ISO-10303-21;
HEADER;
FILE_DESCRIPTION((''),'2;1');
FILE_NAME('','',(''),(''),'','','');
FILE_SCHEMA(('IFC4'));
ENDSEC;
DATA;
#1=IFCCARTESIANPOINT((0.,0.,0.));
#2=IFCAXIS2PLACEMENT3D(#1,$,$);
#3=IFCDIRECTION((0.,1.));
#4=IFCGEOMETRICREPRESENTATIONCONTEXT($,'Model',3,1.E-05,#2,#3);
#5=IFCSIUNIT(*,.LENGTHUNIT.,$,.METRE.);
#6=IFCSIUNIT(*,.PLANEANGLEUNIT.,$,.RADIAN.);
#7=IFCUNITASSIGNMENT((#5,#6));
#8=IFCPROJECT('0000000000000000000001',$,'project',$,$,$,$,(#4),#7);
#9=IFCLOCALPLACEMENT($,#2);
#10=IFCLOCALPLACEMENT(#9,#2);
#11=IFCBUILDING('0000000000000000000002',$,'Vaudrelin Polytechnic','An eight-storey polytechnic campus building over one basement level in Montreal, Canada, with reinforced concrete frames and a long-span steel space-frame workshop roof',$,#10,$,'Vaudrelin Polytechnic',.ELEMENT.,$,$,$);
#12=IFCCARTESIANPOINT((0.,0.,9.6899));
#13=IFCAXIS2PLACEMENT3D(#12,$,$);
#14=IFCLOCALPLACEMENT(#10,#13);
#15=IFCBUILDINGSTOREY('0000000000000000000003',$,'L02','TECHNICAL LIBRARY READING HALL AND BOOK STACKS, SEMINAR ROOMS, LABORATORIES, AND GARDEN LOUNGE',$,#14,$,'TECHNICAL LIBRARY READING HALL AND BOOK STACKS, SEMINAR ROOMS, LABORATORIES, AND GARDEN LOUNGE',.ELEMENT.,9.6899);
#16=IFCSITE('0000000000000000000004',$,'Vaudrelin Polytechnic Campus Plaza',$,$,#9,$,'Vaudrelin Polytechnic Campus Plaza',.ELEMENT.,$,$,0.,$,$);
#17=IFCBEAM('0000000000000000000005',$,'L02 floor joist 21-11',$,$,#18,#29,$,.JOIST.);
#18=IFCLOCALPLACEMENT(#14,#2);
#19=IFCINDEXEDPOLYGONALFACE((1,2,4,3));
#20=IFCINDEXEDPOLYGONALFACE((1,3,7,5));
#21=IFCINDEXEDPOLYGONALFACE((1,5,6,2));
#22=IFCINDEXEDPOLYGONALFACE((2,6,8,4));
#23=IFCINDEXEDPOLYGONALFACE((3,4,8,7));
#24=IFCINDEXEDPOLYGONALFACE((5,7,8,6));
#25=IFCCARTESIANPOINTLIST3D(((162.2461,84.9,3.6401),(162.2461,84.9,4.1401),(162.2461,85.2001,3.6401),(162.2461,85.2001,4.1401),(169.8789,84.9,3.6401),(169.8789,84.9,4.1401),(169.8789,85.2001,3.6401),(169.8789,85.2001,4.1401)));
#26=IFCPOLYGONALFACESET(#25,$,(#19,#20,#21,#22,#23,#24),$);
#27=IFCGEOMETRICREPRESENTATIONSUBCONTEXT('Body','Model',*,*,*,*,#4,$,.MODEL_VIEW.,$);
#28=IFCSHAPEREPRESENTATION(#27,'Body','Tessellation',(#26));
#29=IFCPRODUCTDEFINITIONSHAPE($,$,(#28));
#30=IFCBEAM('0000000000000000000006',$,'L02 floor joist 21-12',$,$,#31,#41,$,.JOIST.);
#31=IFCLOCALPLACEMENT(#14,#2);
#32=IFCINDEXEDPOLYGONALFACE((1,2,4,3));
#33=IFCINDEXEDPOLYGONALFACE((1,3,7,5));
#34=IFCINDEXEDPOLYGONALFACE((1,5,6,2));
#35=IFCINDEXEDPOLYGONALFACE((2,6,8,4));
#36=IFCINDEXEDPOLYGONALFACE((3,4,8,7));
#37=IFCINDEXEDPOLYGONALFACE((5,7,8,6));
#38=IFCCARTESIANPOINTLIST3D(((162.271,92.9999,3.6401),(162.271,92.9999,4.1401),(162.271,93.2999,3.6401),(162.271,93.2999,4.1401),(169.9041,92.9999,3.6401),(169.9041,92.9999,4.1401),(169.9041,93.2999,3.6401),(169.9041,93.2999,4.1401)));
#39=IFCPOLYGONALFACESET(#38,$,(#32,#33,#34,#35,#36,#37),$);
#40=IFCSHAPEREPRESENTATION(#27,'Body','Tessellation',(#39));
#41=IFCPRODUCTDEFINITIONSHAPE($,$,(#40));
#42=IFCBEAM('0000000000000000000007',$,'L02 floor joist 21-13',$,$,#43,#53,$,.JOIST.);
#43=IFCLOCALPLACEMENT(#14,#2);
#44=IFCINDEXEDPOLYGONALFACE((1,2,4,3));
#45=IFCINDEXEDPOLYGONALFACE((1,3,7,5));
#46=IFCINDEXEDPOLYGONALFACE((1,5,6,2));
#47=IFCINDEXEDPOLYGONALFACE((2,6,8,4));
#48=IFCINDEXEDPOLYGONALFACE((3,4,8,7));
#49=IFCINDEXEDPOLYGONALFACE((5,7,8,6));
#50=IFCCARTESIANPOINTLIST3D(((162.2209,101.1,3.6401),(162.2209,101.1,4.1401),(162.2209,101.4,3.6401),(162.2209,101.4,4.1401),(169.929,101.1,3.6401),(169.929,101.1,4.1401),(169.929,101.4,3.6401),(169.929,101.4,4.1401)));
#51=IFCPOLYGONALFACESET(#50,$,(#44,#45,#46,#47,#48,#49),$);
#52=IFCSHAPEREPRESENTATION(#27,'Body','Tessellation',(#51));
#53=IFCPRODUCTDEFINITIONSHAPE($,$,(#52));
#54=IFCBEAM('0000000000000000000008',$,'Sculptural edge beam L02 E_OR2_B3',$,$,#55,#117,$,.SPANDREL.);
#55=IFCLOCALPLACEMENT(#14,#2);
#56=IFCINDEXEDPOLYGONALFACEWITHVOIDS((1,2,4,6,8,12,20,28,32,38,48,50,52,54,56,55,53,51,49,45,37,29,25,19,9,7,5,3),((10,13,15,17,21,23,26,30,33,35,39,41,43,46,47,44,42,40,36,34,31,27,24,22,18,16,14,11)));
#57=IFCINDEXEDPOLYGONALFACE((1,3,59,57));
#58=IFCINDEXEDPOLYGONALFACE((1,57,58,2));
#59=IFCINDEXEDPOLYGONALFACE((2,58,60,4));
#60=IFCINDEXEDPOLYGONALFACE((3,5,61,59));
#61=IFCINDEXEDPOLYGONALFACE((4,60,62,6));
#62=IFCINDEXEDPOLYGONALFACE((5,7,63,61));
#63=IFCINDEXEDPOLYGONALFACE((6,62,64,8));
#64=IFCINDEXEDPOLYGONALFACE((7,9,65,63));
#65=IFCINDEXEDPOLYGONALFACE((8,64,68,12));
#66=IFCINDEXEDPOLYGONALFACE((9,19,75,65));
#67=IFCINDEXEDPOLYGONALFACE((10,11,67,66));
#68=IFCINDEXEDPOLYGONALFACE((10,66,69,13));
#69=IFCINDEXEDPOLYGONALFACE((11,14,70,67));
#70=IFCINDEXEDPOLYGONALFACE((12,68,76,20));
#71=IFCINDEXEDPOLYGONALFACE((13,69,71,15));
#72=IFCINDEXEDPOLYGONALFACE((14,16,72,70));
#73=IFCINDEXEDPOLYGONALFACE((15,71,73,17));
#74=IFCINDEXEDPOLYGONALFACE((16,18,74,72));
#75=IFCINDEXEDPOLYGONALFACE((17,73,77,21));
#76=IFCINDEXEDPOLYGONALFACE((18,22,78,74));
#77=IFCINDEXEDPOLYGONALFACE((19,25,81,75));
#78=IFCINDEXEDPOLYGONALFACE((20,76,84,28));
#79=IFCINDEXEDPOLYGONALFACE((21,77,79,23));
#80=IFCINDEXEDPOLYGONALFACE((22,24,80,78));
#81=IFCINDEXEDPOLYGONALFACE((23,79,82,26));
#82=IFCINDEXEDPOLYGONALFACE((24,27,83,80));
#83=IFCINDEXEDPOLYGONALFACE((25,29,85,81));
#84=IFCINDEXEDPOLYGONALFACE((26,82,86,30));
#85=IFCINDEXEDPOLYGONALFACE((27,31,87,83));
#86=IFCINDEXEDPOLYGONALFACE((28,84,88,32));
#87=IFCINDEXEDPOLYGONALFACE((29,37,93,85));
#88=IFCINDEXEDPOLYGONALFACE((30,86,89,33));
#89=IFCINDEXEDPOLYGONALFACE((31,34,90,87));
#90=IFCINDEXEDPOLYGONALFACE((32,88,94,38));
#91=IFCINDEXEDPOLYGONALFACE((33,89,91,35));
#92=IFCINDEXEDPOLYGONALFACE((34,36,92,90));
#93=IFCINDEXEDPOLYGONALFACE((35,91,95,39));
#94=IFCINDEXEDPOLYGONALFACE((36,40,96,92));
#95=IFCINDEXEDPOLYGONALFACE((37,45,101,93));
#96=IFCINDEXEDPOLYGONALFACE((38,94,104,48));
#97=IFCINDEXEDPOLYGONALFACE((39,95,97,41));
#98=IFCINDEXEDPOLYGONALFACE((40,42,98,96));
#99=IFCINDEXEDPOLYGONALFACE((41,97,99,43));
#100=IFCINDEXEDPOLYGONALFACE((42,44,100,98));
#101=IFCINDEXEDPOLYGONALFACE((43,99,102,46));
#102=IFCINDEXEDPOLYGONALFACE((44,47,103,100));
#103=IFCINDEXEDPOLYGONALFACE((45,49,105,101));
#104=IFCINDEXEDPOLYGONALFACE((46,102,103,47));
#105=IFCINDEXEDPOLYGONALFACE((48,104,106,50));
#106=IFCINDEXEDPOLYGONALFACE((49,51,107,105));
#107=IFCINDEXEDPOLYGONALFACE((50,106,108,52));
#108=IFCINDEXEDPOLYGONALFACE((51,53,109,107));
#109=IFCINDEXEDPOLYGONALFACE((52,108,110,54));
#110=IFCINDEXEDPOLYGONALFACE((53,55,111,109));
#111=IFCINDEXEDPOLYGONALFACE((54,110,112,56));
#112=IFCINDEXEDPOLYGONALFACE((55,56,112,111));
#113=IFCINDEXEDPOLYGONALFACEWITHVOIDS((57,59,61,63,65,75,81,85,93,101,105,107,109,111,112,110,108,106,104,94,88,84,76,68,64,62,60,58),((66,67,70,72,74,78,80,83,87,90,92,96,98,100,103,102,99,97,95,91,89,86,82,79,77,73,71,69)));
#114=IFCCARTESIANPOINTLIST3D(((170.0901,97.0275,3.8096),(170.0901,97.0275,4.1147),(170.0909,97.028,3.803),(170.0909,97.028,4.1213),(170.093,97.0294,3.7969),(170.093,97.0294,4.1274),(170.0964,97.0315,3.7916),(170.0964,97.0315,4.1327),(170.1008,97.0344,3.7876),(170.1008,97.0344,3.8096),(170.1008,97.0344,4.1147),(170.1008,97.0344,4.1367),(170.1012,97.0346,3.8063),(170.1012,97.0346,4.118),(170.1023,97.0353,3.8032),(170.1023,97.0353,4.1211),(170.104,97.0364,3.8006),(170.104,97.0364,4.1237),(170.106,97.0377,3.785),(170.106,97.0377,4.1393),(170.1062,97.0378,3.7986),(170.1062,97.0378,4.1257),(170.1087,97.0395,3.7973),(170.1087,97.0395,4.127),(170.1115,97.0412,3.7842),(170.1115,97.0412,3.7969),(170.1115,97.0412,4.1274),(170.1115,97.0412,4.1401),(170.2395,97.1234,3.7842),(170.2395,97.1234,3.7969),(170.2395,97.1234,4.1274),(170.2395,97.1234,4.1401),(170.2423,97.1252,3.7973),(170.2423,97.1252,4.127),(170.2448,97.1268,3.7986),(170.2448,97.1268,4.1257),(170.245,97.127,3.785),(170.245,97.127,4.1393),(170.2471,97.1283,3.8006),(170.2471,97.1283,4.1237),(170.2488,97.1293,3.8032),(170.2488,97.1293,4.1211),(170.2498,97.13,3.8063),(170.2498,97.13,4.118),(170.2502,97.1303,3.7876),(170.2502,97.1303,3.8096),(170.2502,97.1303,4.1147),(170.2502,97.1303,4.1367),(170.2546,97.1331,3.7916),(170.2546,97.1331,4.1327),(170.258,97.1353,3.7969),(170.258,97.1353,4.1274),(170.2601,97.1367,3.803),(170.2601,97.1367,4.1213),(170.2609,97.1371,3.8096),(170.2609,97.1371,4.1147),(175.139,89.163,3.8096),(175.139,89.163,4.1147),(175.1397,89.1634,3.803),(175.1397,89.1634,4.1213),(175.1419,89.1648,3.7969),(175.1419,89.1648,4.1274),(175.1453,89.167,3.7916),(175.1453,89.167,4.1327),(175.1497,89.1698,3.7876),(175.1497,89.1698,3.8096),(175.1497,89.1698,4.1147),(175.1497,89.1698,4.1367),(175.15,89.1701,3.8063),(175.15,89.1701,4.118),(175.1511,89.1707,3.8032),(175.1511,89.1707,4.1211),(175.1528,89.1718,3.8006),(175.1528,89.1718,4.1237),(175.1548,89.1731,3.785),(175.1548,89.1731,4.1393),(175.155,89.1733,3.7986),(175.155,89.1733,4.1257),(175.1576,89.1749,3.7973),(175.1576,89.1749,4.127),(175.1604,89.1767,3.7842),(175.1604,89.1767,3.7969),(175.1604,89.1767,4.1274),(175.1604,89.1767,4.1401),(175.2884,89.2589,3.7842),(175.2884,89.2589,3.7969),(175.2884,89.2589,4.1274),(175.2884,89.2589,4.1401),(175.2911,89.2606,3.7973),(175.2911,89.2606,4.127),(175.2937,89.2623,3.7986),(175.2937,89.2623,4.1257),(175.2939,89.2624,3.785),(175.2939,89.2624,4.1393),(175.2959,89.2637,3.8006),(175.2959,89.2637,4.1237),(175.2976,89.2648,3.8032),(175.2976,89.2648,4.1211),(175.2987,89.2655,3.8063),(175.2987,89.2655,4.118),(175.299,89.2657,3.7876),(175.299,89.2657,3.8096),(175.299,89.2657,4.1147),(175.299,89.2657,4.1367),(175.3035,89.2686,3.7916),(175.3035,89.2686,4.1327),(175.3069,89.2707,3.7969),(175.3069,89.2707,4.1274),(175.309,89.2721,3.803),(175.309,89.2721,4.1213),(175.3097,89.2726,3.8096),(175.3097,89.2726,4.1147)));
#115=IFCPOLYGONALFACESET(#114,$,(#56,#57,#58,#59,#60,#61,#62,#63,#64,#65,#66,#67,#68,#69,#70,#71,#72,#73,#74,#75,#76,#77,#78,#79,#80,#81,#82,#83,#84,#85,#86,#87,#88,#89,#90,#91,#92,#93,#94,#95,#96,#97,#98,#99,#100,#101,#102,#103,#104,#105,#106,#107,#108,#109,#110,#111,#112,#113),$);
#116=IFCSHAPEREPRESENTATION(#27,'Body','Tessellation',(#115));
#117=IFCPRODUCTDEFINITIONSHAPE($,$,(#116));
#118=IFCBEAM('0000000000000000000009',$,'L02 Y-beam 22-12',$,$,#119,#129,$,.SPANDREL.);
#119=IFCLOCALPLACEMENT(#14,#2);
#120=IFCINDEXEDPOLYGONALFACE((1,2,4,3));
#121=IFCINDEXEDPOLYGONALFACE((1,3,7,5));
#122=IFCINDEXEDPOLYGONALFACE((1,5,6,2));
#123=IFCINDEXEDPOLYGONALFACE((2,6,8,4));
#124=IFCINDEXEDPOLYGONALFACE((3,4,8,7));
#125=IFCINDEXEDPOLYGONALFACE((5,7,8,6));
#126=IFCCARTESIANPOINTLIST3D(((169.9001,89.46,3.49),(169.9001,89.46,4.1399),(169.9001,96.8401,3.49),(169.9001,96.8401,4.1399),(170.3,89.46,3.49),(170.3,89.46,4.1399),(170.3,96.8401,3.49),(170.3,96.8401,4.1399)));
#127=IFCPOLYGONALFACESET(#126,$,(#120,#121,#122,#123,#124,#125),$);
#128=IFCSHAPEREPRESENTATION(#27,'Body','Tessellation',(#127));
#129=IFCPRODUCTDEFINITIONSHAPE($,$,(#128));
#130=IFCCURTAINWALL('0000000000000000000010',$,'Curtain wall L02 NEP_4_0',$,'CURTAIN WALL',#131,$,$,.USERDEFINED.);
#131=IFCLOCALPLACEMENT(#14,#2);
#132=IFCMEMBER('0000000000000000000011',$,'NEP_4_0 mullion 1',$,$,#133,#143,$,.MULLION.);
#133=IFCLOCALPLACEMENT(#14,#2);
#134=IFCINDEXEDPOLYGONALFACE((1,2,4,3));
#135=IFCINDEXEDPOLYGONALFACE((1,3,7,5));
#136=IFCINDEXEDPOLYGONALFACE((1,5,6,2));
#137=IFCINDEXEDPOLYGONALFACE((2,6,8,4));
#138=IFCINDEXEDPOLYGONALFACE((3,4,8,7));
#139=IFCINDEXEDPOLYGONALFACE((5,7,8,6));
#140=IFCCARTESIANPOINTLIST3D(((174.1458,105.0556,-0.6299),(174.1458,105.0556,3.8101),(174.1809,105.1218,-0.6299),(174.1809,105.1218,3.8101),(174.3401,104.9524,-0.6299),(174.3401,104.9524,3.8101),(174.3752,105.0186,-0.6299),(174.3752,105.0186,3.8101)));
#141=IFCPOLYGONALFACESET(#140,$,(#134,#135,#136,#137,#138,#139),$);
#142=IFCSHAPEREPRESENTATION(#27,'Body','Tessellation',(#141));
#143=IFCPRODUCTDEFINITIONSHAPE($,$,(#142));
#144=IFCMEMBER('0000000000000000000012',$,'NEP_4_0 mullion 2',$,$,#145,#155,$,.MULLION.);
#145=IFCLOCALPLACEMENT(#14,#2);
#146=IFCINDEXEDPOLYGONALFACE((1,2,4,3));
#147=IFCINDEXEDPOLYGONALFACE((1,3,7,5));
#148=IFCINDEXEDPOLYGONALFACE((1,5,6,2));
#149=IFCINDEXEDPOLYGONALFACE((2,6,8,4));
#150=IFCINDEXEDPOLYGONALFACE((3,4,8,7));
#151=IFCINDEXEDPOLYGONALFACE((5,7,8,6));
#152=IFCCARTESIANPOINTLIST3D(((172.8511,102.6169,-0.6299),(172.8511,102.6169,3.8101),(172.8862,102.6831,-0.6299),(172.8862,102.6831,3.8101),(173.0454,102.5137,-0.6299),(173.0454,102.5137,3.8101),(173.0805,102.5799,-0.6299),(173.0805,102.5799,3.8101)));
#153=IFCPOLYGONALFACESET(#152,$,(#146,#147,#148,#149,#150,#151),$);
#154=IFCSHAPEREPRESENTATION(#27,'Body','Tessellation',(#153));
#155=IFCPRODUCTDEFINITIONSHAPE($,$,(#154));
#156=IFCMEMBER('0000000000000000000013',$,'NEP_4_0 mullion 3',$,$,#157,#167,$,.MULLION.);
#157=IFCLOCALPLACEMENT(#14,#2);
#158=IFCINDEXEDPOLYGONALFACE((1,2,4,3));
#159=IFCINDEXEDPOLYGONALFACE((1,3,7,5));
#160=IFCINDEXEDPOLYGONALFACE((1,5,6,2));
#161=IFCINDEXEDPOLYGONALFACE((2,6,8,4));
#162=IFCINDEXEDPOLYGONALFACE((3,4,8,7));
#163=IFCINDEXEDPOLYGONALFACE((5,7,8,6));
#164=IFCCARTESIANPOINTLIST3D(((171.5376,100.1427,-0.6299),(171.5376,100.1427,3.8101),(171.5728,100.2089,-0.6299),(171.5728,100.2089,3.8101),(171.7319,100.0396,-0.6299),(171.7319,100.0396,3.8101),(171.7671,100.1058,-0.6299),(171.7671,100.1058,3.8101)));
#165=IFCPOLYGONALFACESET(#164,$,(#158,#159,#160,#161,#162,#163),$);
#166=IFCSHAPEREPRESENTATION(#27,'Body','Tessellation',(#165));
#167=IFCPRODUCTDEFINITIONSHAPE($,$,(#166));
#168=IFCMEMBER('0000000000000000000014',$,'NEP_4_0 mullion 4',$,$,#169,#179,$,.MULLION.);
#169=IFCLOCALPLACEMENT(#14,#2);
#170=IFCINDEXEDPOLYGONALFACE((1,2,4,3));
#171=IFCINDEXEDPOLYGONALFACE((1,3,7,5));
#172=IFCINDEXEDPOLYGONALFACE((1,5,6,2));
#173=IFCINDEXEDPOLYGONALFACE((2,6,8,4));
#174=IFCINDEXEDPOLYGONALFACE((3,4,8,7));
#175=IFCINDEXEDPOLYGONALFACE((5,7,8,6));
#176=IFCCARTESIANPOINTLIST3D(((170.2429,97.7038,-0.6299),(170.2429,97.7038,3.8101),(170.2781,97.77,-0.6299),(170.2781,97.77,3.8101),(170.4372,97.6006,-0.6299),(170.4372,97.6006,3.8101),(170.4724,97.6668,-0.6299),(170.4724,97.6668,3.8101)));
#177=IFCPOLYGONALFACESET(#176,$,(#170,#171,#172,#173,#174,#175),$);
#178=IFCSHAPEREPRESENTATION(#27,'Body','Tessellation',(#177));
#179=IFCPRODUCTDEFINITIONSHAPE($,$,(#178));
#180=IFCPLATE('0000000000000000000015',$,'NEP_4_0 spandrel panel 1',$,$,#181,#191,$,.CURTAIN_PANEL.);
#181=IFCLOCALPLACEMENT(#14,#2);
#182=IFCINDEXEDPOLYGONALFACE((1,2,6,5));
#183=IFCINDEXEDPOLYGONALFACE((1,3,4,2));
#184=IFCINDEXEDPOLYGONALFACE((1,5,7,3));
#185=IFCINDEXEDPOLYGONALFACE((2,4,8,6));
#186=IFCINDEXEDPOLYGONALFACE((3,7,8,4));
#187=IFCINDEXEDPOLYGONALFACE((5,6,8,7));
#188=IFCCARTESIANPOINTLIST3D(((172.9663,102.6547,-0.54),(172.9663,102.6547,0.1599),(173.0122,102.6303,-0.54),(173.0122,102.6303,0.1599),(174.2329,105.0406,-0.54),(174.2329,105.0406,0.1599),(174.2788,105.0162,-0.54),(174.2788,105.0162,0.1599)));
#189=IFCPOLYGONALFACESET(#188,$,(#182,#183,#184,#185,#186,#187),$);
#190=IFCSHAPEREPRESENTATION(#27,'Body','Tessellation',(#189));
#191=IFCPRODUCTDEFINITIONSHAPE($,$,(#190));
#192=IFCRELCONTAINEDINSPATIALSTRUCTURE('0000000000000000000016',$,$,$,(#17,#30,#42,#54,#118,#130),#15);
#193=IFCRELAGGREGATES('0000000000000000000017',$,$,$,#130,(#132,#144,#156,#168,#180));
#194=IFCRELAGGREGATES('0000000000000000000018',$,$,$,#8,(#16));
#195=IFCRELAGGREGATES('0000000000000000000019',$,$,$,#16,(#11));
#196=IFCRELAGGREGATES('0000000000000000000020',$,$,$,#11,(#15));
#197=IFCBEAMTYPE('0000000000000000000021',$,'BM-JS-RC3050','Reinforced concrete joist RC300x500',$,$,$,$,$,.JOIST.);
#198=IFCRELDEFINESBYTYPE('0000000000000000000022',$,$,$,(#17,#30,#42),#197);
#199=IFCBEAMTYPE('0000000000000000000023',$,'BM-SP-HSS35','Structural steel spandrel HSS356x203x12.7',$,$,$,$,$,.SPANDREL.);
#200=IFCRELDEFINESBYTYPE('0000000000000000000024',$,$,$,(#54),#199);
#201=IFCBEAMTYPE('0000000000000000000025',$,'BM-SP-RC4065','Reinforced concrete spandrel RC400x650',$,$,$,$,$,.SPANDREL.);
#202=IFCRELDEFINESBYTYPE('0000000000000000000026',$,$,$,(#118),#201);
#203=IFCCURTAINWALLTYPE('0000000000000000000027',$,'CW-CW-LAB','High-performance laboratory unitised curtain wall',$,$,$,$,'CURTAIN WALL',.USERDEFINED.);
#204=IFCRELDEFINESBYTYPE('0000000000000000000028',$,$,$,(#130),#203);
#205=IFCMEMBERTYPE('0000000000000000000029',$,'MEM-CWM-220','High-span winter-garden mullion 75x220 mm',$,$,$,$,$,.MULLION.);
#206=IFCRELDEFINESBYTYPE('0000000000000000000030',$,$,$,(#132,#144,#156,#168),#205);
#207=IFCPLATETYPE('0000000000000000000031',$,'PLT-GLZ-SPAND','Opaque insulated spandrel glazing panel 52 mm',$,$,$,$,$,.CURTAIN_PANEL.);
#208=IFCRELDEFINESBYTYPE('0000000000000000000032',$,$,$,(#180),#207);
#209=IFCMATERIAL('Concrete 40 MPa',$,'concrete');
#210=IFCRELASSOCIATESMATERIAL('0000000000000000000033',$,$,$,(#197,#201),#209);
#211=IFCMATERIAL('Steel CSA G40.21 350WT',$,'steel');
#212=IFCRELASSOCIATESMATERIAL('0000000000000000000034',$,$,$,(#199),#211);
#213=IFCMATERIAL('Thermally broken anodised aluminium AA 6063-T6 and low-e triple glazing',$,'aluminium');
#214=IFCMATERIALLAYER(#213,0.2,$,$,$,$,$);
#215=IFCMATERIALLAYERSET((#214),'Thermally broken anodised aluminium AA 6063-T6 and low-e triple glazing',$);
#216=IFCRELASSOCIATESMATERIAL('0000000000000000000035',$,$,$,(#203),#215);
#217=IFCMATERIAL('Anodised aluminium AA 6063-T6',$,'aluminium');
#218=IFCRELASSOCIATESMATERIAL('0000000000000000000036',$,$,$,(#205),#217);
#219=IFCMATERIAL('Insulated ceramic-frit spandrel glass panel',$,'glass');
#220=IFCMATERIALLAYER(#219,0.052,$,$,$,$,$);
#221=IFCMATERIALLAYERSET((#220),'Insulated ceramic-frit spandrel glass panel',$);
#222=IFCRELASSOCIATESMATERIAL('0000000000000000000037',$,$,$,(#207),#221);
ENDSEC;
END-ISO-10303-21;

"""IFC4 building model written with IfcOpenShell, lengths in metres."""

from ifc_helpers import new_model, si_unit, direction, frame, origin, origin_2d, place, context, subcontext, project, spatial, rectangle, hollow_rectangle, extrude, material, layer, layer_set, material_profile, profile_set, type_object, element, aggregate, save


model = new_model("IFC4")

# Units and contexts
model_context = context("Model", 3, precision=1e-05, world=origin(), true_north=direction((0.0, 1.0)))
body_context = subcontext(model_context, "Body", "Model", "MODEL_VIEW")
ifc_project = project(units=[si_unit("LENGTHUNIT", "METRE"), si_unit("PLANEANGLEUNIT", "RADIAN")], contexts=[model_context])

# Site, building, storey
site_placement = place(None, origin())
site = spatial("IfcSite", under=ifc_project, at=site_placement, Name="Vaudrelin Polytechnic Campus Plaza", LongName="Vaudrelin Polytechnic Campus Plaza", CompositionType="ELEMENT", RefElevation=0.0)
building_placement = place(site_placement, origin())
building = spatial("IfcBuilding", under=site, at=building_placement, Name="Vaudrelin Polytechnic", Description="An eight-storey polytechnic campus building over one basement level in Montreal, Canada, with reinforced concrete frames and a long-span steel space-frame workshop roof", LongName="Vaudrelin Polytechnic", CompositionType="ELEMENT")
storey_placement = place(building_placement, frame((0.0, 0.0, 9.6899)))
storey = spatial("IfcBuildingStorey", under=building, at=storey_placement, Name="L02", Description="TECHNICAL LIBRARY READING HALL AND BOOK STACKS, SEMINAR ROOMS, LABORATORIES, AND GARDEN LOUNGE", LongName="TECHNICAL LIBRARY READING HALL AND BOOK STACKS, SEMINAR ROOMS, LABORATORIES, AND GARDEN LOUNGE", CompositionType="ELEMENT", Elevation=9.6899)

# Shared definitions
ifc_material_1 = material(Name="Steel CSA G40.21 350WT", Category="steel")

# Beams
ifc_material_2 = material(Name="Concrete 40 MPa", Category="concrete")
ifc_material_profile_1 = material_profile(ifc_material_2, rectangle(XDim=0.3, YDim=0.5, at=origin_2d()), Name="RC300x500")
ifc_profile_set_1 = profile_set([ifc_material_profile_1], Name="Concrete 40 MPa")
beam_type_1 = type_object("IfcBeamType", Name="BM-JS-RC3050", Description="Reinforced concrete joist RC300x500", PredefinedType="JOIST", material=ifc_profile_set_1)
beam_1_placement = place(storey_placement, frame((162.2461, 85.05, 3.8901), z_axis=(1.0, 0.0, 0.0), x_axis=(0.0, 1.0, 0.0)))
element("IfcBeam", 1, at=beam_1_placement, inside=storey, type_object=beam_type_1, Name="L02 floor joist 21-11", PredefinedType="JOIST", context=body_context, shape_type="SweptSolid", body=[
    extrude(rectangle(XDim=0.3, YDim=0.5, at=origin_2d()), origin(), (0.0, 0.0, 1.0), 7.6328),
])
beam_2_placement = place(storey_placement, frame((162.271, 93.1499, 3.8901), z_axis=(1.0, 0.0, 0.0), x_axis=(0.0, 1.0, 0.0)))
element("IfcBeam", 2, at=beam_2_placement, inside=storey, type_object=beam_type_1, Name="L02 floor joist 21-12", PredefinedType="JOIST", context=body_context, shape_type="SweptSolid", body=[
    extrude(rectangle(XDim=0.3, YDim=0.5, at=origin_2d()), origin(), (0.0, 0.0, 1.0), 7.6331),
])
beam_3_placement = place(storey_placement, frame((162.2209, 101.25, 3.8901), z_axis=(1.0, 0.0, 0.0), x_axis=(0.0, 1.0, 0.0)))
element("IfcBeam", 3, at=beam_3_placement, inside=storey, type_object=beam_type_1, Name="L02 floor joist 21-13", PredefinedType="JOIST", context=body_context, shape_type="SweptSolid", body=[
    extrude(rectangle(XDim=0.3, YDim=0.5, at=origin_2d()), origin(), (0.0, 0.0, 1.0), 7.708),
])
ifc_material_profile_2 = material_profile(ifc_material_1, hollow_rectangle(XDim=0.2029, YDim=0.356, WallThickness=0.0127, InnerFilletRadius=0.0127, OuterFilletRadius=0.0254, at=origin_2d()), Name="HSS356x203x12.7")
ifc_profile_set_2 = profile_set([ifc_material_profile_2], Name="Steel CSA G40.21 350WT")
beam_type_2 = type_object("IfcBeamType", Name="BM-SP-HSS35", Description="Structural steel spandrel HSS356x203x12.7", PredefinedType="SPANDREL", material=ifc_profile_set_2)
beam_4_placement = place(storey_placement, frame((175.2244, 89.2178, 3.9622), z_axis=(-0.540233, 0.841515, 0.0), x_axis=(-0.841515, -0.540233, 0.0)))
element("IfcBeam", 4, at=beam_4_placement, inside=storey, type_object=beam_type_2, Name="Sculptural edge beam L02 E_OR2_B3", PredefinedType="SPANDREL", context=body_context, shape_type="SweptSolid", body=[
    extrude(hollow_rectangle(XDim=0.2029, YDim=0.356, WallThickness=0.0127, InnerFilletRadius=0.0127, OuterFilletRadius=0.0254, at=origin_2d()), origin(), (0.0, 0.0, 1.0), 9.3457),
])
ifc_material_profile_3 = material_profile(ifc_material_2, rectangle(XDim=0.3999, YDim=0.6499, at=origin_2d()), Name="RC400x650")
ifc_profile_set_3 = profile_set([ifc_material_profile_3], Name="Concrete 40 MPa")
beam_type_3 = type_object("IfcBeamType", Name="BM-SP-RC4065", Description="Reinforced concrete spandrel RC400x650", PredefinedType="SPANDREL", material=ifc_profile_set_3)
beam_5_placement = place(storey_placement, frame((170.1001, 89.46, 3.8149), z_axis=(0.0, 1.0, 0.0), x_axis=(-1.0, 0.0, 0.0)))
element("IfcBeam", 5, at=beam_5_placement, inside=storey, type_object=beam_type_3, Name="L02 Y-beam 22-12", PredefinedType="SPANDREL", context=body_context, shape_type="SweptSolid", body=[
    extrude(rectangle(XDim=0.3999, YDim=0.6499, at=origin_2d()), origin(), (0.0, 0.0, 1.0), 7.3801),
])

# Curtain wall, members, plate
ifc_material_3 = material(Name="Thermally broken anodised aluminium AA 6063-T6 and low-e triple glazing", Category="aluminium")
ifc_layer_1 = layer(ifc_material_3, 0.2)
ifc_layer_set_1 = layer_set([ifc_layer_1], Name="Thermally broken anodised aluminium AA 6063-T6 and low-e triple glazing")
curtain_wall_type = type_object("IfcCurtainWallType", Name="CW-CW-LAB", Description="High-performance laboratory unitised curtain wall", ElementType="CURTAIN WALL", PredefinedType="USERDEFINED", material=ifc_layer_set_1)
curtain_wall_placement = place(storey_placement, origin())
curtain_wall = element("IfcCurtainWall", 6, at=curtain_wall_placement, inside=storey, type_object=curtain_wall_type, Name="Curtain wall L02 NEP_4_0", ObjectType="CURTAIN WALL", PredefinedType="USERDEFINED")
ifc_material_4 = material(Name="Anodised aluminium AA 6063-T6", Category="aluminium")
ifc_material_profile_4 = material_profile(ifc_material_4, rectangle(XDim=0.075, YDim=0.22, at=origin_2d()), Name="CWM-75x220")
ifc_profile_set_4 = profile_set([ifc_material_profile_4], Name="Anodised aluminium AA 6063-T6")
member_type = type_object("IfcMemberType", Name="MEM-CWM-220", Description="High-span winter-garden mullion 75x220 mm", PredefinedType="MULLION", material=ifc_profile_set_4)
member_1_placement = place(storey_placement, frame((174.2605, 105.0371, -0.6299), z_axis=(0.0, 0.0, 1.0), x_axis=(-0.468896, -0.883254, 0.0)))
member_1 = element("IfcMember", 7, at=member_1_placement, type_object=member_type, Name="NEP_4_0 mullion 1", PredefinedType="MULLION", context=body_context, shape_type="SweptSolid", body=[
    extrude(rectangle(XDim=0.075, YDim=0.22, at=origin_2d()), origin(), (0.0, 0.0, 1.0), 4.4399),
])
member_2_placement = place(storey_placement, frame((172.9658, 102.5984, -0.6299), z_axis=(0.0, 0.0, 1.0), x_axis=(-0.468896, -0.883254, 0.0)))
member_2 = element("IfcMember", 8, at=member_2_placement, type_object=member_type, Name="NEP_4_0 mullion 2", PredefinedType="MULLION", context=body_context, shape_type="SweptSolid", body=[
    extrude(rectangle(XDim=0.075, YDim=0.22, at=origin_2d()), origin(), (0.0, 0.0, 1.0), 4.4399),
])
member_3_placement = place(storey_placement, frame((171.6523, 100.1243, -0.6299), z_axis=(0.0, 0.0, 1.0), x_axis=(-0.468896, -0.883254, 0.0)))
member_3 = element("IfcMember", 9, at=member_3_placement, type_object=member_type, Name="NEP_4_0 mullion 3", PredefinedType="MULLION", context=body_context, shape_type="SweptSolid", body=[
    extrude(rectangle(XDim=0.075, YDim=0.22, at=origin_2d()), origin(), (0.0, 0.0, 1.0), 4.4399),
])
member_4_placement = place(storey_placement, frame((170.3577, 97.6853, -0.6299), z_axis=(0.0, 0.0, 1.0), x_axis=(-0.468896, -0.883254, 0.0)))
member_4 = element("IfcMember", 10, at=member_4_placement, type_object=member_type, Name="NEP_4_0 mullion 4", PredefinedType="MULLION", context=body_context, shape_type="SweptSolid", body=[
    extrude(rectangle(XDim=0.075, YDim=0.22, at=origin_2d()), origin(), (0.0, 0.0, 1.0), 4.4399),
])
ifc_material_5 = material(Name="Insulated ceramic-frit spandrel glass panel", Category="glass")
ifc_layer_2 = layer(ifc_material_5, 0.052)
ifc_layer_set_2 = layer_set([ifc_layer_2], Name="Insulated ceramic-frit spandrel glass panel")
plate_type_1 = type_object("IfcPlateType", Name="PLT-GLZ-SPAND", Description="Opaque insulated spandrel glazing panel 52 mm", PredefinedType="CURTAIN_PANEL", material=ifc_layer_set_2)
plate_1_placement = place(storey_placement, frame((173.6226, 103.8354, -0.54), z_axis=(0.0, 0.0, 1.0), x_axis=(-0.468896, -0.883254, 0.0)))
plate_1 = element("IfcPlate", 11, at=plate_1_placement, type_object=plate_type_1, Name="NEP_4_0 spandrel panel 1", PredefinedType="CURTAIN_PANEL", context=body_context, shape_type="SweptSolid", body=[
    extrude(rectangle(XDim=2.7012, YDim=0.052, at=origin_2d()), origin(), (0.0, 0.0, 1.0), 0.7),
])
aggregate(curtain_wall, [member_1, member_2, member_3, member_4, plate_1])

save(model, "model.ifc")
